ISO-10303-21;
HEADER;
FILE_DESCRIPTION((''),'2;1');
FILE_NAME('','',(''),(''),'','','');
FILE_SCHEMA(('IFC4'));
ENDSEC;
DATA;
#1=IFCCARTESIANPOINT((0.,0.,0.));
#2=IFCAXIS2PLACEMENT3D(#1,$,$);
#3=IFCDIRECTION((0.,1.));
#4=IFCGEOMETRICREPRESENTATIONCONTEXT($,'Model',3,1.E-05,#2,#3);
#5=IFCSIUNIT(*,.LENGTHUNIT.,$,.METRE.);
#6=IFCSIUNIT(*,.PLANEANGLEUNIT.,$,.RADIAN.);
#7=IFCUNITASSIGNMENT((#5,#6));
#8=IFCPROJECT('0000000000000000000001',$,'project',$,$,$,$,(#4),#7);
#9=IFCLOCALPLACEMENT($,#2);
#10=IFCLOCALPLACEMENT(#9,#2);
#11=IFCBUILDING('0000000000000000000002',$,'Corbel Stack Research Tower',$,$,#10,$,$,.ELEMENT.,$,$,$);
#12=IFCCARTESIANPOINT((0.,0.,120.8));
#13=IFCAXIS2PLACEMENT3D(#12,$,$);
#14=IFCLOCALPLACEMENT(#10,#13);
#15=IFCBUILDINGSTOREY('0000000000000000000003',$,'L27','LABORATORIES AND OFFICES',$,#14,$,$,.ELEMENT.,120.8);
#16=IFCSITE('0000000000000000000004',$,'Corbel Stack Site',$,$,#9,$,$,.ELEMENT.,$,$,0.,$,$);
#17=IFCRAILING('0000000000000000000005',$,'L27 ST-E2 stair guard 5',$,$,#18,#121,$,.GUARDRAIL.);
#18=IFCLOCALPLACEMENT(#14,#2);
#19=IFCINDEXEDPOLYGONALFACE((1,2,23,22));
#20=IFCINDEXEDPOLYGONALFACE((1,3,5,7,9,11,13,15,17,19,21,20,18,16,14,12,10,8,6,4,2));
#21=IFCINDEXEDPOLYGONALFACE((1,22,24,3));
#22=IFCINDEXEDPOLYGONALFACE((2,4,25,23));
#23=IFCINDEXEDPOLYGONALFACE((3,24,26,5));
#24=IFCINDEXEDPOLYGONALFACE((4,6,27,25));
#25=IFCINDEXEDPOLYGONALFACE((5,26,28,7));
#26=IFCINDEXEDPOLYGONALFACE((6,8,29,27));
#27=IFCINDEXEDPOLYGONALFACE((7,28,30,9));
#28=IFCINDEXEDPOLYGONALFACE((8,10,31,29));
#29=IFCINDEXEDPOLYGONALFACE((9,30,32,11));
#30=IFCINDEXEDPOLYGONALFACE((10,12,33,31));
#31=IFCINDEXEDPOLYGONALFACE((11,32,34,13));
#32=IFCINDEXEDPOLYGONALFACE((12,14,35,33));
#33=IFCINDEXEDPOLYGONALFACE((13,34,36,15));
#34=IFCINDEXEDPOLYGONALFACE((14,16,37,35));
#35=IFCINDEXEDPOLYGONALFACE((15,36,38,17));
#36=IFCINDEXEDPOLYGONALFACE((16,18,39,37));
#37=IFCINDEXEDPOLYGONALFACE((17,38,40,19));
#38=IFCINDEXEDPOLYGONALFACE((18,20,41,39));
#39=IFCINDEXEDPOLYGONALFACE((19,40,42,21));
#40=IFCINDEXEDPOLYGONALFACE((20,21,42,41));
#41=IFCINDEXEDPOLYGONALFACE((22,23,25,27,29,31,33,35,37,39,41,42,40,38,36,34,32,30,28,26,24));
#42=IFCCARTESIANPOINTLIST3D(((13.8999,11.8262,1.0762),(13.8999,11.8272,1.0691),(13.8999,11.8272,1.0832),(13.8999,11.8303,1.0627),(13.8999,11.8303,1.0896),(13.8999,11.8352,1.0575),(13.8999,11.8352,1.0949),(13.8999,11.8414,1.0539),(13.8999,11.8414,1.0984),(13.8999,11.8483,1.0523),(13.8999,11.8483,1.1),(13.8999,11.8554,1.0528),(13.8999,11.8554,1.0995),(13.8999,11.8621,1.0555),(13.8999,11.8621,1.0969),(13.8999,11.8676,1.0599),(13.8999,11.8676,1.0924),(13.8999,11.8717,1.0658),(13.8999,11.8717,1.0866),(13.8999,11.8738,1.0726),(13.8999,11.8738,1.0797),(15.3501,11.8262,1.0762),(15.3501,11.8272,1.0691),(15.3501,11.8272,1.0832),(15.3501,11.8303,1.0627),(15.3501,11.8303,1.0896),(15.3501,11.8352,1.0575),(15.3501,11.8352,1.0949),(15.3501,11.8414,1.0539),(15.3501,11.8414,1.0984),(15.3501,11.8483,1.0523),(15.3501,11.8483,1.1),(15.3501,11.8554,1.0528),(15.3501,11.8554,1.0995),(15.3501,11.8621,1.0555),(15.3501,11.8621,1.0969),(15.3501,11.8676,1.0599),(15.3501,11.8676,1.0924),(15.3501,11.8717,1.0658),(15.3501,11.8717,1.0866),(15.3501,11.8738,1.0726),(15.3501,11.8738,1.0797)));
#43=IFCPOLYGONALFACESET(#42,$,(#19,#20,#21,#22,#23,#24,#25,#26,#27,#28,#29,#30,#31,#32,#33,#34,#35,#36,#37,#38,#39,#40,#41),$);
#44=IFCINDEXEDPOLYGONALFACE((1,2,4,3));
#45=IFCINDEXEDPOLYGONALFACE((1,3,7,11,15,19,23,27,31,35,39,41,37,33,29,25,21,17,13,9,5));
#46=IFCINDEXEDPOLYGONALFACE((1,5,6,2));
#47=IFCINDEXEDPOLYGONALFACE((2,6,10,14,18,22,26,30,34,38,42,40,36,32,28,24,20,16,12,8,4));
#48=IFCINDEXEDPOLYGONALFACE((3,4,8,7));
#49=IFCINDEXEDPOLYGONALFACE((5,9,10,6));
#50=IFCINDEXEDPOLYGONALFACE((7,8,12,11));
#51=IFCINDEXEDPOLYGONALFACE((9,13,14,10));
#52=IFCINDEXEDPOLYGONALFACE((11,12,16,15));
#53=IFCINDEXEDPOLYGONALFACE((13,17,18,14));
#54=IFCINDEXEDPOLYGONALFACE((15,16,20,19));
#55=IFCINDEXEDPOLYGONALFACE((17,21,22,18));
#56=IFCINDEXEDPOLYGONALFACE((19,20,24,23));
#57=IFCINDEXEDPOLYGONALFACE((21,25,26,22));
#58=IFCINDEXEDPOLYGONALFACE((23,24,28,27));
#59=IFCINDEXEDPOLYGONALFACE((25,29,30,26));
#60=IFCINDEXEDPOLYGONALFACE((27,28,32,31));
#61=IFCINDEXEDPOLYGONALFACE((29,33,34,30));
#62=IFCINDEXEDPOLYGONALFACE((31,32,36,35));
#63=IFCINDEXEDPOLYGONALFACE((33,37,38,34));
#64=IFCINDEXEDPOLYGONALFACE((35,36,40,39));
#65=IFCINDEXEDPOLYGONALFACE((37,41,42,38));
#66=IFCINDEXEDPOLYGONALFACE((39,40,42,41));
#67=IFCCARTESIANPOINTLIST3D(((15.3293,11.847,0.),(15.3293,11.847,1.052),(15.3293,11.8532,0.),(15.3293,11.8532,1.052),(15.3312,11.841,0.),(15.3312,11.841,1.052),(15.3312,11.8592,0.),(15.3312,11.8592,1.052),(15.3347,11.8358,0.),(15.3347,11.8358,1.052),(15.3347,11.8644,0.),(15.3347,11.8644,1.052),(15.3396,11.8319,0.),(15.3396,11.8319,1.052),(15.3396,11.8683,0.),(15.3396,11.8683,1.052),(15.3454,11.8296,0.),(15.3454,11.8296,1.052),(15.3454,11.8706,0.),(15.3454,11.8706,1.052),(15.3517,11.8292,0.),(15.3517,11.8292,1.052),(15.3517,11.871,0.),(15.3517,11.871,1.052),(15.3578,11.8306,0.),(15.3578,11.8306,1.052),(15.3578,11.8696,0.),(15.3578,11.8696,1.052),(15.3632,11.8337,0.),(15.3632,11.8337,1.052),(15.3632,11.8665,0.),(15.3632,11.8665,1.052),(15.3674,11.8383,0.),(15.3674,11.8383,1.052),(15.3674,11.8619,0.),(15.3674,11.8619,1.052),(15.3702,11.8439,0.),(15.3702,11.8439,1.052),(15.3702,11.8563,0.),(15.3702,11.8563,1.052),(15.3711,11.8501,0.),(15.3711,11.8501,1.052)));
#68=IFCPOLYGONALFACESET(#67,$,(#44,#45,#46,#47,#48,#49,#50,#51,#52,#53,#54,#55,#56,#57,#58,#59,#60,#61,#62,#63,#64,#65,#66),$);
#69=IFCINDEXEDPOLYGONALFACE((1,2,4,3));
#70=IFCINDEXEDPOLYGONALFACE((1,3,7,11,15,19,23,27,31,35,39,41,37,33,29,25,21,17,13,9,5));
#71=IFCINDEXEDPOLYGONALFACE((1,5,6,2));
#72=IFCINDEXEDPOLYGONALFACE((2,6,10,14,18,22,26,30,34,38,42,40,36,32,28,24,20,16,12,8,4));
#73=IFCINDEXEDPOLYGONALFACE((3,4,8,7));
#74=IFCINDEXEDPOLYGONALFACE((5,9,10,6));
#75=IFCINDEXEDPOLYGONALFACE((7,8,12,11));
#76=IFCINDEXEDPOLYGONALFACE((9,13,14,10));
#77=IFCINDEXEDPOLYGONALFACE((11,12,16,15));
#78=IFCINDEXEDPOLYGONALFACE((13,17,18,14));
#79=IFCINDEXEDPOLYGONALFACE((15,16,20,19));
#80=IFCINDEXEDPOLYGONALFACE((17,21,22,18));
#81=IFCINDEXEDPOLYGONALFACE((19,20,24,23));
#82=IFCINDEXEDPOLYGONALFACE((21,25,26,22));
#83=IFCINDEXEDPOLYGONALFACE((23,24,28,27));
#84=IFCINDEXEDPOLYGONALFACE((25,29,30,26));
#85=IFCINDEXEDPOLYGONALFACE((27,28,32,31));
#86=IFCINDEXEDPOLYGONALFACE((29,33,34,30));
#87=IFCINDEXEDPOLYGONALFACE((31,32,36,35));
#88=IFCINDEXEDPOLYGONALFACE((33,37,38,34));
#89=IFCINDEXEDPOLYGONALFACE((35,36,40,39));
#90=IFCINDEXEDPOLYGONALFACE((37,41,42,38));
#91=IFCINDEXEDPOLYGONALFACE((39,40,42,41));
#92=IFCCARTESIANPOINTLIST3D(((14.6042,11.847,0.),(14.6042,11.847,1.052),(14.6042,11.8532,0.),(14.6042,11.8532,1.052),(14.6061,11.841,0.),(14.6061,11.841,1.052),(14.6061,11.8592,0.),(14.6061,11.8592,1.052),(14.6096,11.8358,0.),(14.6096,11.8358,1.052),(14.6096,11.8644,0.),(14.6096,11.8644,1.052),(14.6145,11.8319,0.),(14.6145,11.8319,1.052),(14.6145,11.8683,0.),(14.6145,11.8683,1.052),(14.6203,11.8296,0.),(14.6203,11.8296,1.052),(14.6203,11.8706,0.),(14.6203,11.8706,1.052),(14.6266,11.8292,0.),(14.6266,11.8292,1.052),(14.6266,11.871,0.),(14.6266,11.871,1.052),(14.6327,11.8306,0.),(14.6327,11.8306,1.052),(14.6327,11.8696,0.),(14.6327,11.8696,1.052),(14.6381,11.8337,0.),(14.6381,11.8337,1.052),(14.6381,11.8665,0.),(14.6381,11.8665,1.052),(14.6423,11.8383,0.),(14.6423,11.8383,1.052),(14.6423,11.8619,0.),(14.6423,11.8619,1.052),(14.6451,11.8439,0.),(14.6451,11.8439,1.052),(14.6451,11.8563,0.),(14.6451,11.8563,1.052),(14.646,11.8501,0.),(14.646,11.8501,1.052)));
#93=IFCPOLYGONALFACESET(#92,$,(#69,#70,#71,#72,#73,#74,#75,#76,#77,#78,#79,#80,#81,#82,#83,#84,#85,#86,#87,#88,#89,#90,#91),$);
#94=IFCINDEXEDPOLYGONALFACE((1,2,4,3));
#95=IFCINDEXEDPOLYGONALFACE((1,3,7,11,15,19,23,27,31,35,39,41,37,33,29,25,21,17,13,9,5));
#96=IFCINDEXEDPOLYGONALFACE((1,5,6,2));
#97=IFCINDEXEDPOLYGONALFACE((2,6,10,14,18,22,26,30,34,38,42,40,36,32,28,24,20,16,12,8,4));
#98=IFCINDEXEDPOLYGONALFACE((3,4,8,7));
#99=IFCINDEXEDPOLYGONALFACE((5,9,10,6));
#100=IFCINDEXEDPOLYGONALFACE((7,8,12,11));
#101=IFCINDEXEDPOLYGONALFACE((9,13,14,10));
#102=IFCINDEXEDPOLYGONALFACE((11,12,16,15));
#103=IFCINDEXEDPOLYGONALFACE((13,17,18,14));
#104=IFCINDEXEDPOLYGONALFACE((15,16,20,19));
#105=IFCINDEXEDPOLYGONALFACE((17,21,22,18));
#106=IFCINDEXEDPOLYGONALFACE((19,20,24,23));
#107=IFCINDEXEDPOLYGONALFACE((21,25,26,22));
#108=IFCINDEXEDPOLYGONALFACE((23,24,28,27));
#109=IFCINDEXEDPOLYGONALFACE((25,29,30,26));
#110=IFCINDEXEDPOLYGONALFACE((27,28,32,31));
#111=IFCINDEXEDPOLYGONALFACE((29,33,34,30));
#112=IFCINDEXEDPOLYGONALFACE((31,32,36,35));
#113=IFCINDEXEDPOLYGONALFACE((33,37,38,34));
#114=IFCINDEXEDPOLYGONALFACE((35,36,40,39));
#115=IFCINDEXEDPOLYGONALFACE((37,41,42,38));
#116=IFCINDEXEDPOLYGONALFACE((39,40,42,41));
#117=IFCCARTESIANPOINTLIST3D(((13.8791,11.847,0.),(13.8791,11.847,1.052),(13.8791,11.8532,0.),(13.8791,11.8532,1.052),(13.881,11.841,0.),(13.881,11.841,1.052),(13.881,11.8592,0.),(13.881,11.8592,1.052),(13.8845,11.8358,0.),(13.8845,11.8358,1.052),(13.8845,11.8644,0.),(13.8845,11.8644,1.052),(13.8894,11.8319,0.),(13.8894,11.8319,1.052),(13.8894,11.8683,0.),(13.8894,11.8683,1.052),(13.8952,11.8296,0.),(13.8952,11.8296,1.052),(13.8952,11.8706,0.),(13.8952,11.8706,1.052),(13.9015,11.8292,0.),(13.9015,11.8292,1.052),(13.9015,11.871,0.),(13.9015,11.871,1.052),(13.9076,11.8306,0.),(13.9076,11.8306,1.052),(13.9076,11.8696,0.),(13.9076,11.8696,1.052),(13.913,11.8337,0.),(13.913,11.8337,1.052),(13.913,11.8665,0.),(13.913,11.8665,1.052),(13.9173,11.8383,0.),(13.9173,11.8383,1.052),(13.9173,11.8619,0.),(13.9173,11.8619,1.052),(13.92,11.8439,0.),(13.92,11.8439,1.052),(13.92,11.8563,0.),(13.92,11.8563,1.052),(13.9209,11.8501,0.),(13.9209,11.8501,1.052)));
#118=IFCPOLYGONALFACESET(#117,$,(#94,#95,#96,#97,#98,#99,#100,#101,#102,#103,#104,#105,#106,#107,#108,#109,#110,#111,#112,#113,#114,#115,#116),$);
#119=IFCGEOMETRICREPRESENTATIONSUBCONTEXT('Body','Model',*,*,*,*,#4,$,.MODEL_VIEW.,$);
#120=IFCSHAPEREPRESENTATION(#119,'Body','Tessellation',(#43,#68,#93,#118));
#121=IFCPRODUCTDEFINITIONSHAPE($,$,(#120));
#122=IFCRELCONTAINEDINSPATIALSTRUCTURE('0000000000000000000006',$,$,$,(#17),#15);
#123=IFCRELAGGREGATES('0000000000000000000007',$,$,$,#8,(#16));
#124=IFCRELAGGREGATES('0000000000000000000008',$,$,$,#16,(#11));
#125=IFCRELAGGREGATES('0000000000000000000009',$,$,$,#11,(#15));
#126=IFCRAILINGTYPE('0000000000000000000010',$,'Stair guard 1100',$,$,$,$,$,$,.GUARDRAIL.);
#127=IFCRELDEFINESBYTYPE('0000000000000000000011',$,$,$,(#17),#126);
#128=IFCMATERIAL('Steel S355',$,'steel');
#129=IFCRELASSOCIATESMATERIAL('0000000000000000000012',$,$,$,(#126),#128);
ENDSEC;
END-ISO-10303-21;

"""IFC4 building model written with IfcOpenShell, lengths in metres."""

from ifc_helpers import new_model, si_unit, direction, frame, origin, origin_2d, place, context, subcontext, project, spatial, circle, extrude, material, type_object, element, save


model = new_model("IFC4")

# Units and contexts
model_context = context("Model", 3, precision=1e-05, world=origin(), true_north=direction((0.0, 1.0)))
body_context = subcontext(model_context, "Body", "Model", "MODEL_VIEW")
ifc_project = project(units=[si_unit("LENGTHUNIT", "METRE"), si_unit("PLANEANGLEUNIT", "RADIAN")], contexts=[model_context])

# Site, building, storey
site_placement = place(None, origin())
site = spatial("IfcSite", under=ifc_project, at=site_placement, Name="Corbel Stack Site", CompositionType="ELEMENT", RefElevation=0.0)
building_placement = place(site_placement, origin())
building = spatial("IfcBuilding", under=site, at=building_placement, Name="Corbel Stack Research Tower", CompositionType="ELEMENT")
storey_placement = place(building_placement, frame((0.0, 0.0, 120.8)))
storey = spatial("IfcBuildingStorey", under=building, at=storey_placement, Name="L27", Description="LABORATORIES AND OFFICES", CompositionType="ELEMENT", Elevation=120.8)

# Railing
ifc_material_1 = material(Name="Steel S355", Category="steel")
railing_type_1 = type_object("IfcRailingType", Name="Stair guard 1100", PredefinedType="GUARDRAIL", material=ifc_material_1)
railing_1_placement = place(storey_placement, frame((15.3501, 11.8501, 0.0)))
element("IfcRailing", 1, at=railing_1_placement, inside=storey, type_object=railing_type_1, Name="L27 ST-E2 stair guard 5", PredefinedType="GUARDRAIL", context=body_context, shape_type="SweptSolid", body=[
    extrude(circle(Radius=0.0239, at=origin_2d()), frame((0.0, 0.0, 1.0762), z_axis=(-1.0, 0.0, 0.0), x_axis=(0.0, -1.0, 0.0)), (0.0, 0.0, 1.0), 1.4502),
    extrude(circle(Radius=0.021, at=origin_2d()), origin(), (0.0, 0.0, 1.0), 1.052),
    extrude(circle(Radius=0.021, at=origin_2d()), frame((-0.7251, 0.0, 0.0)), (0.0, 0.0, 1.0), 1.052),
    extrude(circle(Radius=0.021, at=origin_2d()), frame((-1.4502, 0.0, 0.0)), (0.0, 0.0, 1.0), 1.052),
])

save(model, "model.ifc")
